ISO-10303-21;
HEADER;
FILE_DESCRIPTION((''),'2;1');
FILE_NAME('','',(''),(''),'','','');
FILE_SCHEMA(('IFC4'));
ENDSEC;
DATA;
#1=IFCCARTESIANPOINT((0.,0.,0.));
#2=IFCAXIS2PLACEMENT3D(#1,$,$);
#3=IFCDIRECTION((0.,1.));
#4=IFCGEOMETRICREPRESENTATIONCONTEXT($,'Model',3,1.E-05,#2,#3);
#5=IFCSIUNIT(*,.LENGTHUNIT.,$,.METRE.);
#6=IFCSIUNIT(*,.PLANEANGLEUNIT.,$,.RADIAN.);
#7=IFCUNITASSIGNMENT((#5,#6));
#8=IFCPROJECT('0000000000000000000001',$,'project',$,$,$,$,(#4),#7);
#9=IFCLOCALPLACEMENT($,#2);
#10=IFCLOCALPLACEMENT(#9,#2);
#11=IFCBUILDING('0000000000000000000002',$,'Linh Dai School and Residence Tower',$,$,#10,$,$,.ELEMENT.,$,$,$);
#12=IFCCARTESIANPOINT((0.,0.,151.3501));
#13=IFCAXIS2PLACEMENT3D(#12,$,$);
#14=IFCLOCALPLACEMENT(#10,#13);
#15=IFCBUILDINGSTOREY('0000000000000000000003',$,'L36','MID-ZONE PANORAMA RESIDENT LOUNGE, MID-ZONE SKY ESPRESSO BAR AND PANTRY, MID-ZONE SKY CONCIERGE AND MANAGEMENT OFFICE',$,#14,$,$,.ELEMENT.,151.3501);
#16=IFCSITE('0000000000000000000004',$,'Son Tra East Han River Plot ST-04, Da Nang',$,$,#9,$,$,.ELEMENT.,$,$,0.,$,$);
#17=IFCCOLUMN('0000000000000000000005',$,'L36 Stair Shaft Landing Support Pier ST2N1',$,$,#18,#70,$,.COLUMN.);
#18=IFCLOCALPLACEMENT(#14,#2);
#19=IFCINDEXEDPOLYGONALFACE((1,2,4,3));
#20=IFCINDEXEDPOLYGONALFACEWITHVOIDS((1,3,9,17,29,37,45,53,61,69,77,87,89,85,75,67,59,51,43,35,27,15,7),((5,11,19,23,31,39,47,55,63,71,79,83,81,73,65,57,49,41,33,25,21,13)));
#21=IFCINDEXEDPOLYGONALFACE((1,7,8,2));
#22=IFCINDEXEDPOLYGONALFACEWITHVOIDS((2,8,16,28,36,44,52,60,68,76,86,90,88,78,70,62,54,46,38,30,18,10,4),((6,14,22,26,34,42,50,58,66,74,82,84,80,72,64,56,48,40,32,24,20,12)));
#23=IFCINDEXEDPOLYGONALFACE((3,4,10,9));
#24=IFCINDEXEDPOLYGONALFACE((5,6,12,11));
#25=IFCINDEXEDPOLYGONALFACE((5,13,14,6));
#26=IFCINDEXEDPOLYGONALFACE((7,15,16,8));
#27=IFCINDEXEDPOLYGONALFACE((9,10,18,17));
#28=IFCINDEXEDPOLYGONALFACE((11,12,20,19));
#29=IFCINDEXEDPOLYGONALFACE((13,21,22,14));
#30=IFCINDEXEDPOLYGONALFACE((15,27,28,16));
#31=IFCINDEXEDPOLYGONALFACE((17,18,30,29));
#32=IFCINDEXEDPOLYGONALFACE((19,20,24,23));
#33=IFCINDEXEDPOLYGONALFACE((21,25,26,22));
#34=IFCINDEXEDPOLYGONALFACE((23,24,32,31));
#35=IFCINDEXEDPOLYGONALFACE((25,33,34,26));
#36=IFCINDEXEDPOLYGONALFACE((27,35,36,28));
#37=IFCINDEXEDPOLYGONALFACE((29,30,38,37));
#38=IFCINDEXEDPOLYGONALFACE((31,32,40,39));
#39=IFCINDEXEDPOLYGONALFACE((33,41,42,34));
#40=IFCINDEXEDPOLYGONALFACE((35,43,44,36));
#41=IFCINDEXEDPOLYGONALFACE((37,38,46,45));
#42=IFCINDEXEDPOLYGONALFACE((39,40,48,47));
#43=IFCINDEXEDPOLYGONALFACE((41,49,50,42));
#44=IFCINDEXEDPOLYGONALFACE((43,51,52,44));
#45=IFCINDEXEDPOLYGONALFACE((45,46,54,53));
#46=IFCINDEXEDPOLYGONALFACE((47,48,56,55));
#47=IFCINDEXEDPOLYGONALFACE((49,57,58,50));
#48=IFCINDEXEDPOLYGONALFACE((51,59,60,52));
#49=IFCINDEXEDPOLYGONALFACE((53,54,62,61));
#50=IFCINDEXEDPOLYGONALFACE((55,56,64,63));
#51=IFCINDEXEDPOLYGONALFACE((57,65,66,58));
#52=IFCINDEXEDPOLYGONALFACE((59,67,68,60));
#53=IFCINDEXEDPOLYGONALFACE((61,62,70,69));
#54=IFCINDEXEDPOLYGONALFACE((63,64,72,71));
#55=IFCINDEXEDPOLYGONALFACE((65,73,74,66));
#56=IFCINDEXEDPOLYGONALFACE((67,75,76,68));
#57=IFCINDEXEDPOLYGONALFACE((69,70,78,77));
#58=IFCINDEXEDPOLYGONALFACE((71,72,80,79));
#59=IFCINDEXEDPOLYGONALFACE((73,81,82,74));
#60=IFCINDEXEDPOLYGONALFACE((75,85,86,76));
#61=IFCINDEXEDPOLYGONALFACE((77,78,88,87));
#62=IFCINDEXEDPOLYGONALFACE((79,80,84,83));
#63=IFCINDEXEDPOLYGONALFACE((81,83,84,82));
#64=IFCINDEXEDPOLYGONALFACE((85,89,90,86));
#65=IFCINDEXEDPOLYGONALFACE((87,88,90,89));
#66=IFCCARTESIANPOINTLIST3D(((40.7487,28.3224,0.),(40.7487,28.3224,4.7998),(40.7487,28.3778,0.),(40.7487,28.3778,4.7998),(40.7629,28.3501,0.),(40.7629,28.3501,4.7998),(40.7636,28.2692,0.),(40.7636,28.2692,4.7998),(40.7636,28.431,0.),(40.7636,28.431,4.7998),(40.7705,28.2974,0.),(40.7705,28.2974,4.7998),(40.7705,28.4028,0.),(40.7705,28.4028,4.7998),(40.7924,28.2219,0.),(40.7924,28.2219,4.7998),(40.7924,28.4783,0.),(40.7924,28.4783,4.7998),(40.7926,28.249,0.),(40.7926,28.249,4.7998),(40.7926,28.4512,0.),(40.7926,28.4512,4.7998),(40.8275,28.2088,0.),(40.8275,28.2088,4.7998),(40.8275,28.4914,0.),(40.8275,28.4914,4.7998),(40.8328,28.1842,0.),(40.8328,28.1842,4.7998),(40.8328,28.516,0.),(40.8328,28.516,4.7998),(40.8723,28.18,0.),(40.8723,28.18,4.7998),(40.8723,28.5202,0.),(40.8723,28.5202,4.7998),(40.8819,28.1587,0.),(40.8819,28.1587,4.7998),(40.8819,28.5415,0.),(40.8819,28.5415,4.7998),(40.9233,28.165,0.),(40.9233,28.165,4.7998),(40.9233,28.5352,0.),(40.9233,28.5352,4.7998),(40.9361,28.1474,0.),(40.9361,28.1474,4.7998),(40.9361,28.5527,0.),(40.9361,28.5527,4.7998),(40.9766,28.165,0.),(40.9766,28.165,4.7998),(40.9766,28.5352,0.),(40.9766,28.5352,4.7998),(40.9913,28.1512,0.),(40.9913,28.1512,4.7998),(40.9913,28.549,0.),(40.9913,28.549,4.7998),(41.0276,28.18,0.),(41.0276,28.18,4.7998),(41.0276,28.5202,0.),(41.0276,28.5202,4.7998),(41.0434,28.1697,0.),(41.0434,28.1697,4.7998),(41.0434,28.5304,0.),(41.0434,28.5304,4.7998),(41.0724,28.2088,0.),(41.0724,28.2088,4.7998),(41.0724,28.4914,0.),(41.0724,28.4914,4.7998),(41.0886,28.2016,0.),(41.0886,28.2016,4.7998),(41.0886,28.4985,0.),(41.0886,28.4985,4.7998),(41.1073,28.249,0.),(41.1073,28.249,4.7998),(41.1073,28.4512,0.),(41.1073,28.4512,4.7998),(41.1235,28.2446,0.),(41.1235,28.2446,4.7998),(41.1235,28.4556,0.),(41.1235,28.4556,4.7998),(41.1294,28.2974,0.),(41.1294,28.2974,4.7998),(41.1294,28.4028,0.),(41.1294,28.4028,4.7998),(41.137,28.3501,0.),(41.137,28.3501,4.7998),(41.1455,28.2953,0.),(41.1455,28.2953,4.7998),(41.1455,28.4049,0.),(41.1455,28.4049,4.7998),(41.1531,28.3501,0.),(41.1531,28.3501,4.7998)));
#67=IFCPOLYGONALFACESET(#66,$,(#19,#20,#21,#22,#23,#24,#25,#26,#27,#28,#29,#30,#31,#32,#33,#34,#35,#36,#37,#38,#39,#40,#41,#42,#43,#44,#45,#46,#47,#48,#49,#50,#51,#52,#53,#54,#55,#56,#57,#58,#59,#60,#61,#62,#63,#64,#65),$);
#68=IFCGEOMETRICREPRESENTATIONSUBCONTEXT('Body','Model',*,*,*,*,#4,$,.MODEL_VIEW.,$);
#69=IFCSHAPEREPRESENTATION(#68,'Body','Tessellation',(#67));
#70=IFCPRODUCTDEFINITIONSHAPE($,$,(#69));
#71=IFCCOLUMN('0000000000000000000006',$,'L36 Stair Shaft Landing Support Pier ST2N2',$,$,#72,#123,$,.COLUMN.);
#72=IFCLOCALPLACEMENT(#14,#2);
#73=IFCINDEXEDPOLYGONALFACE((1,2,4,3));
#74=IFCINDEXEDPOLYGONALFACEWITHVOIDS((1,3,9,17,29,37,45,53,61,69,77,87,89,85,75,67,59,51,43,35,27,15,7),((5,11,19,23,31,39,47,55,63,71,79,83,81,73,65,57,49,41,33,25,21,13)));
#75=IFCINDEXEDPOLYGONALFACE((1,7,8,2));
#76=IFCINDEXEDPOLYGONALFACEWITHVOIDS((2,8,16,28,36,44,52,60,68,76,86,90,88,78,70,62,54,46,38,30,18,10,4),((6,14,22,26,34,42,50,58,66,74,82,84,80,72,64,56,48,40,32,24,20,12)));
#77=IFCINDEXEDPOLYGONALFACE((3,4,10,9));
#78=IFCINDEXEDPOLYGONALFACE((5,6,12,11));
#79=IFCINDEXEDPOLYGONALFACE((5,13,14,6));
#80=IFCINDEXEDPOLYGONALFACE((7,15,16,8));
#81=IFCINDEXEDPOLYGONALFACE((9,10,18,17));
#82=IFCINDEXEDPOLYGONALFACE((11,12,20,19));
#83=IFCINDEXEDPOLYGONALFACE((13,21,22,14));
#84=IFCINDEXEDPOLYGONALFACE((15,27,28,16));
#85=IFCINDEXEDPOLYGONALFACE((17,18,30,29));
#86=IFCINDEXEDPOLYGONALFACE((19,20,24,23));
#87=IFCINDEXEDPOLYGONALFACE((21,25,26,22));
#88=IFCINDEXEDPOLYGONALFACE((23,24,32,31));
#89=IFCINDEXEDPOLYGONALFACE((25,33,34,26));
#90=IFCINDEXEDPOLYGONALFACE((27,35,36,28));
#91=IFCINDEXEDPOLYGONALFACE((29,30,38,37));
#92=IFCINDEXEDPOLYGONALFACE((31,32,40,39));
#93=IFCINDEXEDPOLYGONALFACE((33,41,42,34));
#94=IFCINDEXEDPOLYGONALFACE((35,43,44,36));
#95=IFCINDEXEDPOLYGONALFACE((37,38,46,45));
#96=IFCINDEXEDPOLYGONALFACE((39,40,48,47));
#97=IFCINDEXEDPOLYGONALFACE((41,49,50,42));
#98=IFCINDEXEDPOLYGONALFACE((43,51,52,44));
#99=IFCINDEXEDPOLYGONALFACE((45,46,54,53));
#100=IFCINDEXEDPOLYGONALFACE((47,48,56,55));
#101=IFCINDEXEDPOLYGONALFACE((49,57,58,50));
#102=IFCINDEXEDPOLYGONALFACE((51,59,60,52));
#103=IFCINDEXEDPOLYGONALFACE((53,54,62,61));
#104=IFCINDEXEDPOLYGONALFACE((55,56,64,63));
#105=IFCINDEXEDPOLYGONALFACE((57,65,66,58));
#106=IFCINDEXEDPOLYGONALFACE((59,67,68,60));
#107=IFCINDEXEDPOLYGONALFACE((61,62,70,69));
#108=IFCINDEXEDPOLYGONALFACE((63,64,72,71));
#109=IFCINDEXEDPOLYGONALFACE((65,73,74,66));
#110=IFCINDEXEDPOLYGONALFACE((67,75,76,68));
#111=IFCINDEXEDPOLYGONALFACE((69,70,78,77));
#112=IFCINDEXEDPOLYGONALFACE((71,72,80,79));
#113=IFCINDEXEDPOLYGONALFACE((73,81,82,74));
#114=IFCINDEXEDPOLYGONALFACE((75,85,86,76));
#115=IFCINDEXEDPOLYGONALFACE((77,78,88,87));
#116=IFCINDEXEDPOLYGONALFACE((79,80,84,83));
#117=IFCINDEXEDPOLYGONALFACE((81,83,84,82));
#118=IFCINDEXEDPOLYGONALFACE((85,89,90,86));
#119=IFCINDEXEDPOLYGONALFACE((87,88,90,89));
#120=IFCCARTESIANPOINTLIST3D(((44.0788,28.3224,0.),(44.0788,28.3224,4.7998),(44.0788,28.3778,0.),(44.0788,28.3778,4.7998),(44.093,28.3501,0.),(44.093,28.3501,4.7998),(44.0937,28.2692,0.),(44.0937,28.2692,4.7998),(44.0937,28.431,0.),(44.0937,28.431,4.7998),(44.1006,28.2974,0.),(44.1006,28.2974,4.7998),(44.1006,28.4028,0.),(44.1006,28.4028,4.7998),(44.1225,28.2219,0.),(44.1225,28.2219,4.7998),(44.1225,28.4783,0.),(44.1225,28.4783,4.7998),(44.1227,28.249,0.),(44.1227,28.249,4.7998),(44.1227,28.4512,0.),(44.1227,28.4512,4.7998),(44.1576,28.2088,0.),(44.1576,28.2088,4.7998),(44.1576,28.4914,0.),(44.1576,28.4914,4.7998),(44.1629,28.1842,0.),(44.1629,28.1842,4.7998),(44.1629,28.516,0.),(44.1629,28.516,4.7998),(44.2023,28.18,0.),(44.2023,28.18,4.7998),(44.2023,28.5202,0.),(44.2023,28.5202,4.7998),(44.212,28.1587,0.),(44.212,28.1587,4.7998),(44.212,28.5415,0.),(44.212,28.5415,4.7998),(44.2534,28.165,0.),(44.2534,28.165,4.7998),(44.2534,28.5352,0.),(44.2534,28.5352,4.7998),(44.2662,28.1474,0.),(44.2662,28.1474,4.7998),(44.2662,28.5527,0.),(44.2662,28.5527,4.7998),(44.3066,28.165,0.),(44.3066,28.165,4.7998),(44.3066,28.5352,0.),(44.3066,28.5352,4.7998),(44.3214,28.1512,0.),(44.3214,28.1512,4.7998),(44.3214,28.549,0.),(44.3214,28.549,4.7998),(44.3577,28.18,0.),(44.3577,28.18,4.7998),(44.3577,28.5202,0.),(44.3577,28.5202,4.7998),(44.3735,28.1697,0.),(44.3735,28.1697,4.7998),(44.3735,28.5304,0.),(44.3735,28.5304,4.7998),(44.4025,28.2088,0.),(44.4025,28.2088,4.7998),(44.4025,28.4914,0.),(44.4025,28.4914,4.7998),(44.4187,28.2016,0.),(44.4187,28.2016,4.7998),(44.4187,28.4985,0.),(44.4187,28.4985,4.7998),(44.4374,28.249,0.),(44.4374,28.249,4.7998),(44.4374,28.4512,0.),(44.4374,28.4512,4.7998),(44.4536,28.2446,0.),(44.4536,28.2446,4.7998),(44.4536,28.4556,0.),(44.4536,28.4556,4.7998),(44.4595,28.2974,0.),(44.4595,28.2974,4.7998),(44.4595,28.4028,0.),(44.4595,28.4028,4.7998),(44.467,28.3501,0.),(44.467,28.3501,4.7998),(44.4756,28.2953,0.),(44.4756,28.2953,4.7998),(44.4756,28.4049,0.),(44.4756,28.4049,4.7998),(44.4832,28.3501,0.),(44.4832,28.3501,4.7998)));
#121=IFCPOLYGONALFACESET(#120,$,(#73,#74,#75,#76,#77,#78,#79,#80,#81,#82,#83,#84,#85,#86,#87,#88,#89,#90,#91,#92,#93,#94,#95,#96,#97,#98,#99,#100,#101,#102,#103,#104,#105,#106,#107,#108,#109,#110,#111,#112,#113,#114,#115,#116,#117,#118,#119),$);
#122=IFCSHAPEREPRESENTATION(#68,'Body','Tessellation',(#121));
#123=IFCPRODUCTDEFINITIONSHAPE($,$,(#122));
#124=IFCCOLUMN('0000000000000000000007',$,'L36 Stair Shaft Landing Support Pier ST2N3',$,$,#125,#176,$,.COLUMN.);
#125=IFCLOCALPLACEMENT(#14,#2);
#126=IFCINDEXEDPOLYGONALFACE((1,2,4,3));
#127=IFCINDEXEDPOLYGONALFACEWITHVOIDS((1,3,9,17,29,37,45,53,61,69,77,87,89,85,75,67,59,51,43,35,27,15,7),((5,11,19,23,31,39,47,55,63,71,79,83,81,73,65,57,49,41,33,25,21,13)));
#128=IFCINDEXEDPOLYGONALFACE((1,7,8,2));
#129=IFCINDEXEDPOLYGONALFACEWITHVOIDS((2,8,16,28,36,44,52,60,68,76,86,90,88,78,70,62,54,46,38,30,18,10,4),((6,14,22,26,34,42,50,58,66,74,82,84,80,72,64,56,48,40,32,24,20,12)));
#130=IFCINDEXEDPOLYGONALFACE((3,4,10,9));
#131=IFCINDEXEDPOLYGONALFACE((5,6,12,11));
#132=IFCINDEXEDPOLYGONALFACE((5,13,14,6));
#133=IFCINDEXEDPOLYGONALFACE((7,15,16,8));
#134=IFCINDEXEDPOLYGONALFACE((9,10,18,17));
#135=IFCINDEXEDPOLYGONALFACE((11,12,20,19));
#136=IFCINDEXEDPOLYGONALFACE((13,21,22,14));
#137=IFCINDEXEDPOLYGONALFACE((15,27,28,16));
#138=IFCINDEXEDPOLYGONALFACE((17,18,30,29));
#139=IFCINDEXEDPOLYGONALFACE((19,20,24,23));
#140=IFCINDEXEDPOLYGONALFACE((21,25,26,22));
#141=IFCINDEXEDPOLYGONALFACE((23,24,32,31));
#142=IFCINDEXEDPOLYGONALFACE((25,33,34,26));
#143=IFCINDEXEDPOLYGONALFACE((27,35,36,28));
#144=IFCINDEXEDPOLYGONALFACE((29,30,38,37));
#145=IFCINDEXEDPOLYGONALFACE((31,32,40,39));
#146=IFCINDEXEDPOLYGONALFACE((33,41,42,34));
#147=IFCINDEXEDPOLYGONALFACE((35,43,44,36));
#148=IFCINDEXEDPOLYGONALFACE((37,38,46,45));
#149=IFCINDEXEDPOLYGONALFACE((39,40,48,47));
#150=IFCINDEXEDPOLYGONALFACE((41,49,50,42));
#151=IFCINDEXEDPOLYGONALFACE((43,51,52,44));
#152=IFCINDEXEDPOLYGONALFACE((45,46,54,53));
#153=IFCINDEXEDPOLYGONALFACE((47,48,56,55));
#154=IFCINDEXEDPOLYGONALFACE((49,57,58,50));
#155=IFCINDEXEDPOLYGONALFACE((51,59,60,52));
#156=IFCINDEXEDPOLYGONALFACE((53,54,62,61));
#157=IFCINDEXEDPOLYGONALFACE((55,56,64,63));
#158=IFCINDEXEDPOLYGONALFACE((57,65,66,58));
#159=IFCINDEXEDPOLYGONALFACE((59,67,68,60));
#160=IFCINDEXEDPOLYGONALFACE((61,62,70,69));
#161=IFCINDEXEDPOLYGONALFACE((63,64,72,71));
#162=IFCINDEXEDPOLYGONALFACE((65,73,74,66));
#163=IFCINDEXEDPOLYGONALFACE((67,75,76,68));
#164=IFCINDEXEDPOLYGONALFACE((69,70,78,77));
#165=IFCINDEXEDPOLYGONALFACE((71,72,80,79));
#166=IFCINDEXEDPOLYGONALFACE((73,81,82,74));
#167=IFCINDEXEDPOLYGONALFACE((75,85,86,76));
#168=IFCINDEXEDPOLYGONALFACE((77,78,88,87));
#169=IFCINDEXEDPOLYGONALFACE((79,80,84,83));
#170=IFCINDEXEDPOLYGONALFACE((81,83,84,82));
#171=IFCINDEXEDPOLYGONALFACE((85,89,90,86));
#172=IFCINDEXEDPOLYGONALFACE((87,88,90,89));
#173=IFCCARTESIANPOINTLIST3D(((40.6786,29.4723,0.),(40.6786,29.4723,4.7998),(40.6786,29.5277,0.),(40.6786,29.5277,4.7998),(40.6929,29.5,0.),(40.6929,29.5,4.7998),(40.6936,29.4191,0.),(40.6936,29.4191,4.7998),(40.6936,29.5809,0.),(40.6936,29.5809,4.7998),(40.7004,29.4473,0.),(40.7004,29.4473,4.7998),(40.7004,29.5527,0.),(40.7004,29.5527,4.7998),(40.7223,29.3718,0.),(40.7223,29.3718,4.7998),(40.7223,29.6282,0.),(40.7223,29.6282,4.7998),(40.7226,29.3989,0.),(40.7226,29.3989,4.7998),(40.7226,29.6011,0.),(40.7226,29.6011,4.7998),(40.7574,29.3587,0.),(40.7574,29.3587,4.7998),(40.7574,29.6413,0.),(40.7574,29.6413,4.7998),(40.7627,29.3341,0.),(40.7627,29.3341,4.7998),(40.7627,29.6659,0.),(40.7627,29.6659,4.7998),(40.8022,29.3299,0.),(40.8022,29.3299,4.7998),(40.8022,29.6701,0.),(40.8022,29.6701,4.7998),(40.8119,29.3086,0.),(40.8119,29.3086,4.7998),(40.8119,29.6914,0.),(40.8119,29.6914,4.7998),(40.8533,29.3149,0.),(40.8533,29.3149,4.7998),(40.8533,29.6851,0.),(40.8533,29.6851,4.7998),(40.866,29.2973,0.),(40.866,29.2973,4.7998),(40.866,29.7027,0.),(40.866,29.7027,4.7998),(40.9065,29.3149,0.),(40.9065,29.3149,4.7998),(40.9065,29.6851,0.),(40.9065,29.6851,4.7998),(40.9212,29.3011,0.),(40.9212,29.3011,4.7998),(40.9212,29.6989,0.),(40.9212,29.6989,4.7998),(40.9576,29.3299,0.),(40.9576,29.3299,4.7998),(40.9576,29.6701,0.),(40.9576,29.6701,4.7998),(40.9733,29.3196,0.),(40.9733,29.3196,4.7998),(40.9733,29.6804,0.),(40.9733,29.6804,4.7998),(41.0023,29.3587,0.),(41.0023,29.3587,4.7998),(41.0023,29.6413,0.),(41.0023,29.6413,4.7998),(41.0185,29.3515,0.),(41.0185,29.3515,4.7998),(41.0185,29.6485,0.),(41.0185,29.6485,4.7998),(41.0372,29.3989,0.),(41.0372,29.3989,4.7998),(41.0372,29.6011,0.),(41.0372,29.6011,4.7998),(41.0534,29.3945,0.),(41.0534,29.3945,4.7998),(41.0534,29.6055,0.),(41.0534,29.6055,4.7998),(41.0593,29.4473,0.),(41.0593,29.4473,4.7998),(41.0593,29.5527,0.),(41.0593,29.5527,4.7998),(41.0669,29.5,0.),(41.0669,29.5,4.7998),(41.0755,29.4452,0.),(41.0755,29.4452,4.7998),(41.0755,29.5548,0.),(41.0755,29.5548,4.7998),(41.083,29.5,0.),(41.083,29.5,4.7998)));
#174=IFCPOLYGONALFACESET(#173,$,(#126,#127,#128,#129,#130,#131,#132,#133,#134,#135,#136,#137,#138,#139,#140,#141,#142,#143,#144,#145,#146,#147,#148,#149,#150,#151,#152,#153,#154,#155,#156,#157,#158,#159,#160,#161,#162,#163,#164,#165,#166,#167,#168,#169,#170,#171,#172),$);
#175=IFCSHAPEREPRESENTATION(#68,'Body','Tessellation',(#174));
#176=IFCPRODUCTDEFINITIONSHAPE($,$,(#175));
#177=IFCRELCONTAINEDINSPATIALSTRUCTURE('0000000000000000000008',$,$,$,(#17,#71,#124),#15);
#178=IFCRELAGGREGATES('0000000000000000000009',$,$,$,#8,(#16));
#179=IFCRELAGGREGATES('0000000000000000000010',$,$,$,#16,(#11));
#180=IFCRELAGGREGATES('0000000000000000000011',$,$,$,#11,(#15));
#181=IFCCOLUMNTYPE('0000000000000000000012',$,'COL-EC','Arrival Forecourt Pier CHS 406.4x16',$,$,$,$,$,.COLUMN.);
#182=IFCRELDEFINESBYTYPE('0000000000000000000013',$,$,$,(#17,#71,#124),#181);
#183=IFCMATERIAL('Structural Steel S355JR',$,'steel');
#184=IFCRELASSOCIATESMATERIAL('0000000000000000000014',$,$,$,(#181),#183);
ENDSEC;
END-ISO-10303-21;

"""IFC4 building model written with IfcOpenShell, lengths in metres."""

from ifc_helpers import new_model, si_unit, direction, frame, origin, origin_2d, place, context, subcontext, project, spatial, hollow_circle, extrude, material, material_profile, profile_set, type_object, element, save


model = new_model("IFC4")

# Units and contexts
model_context = context("Model", 3, precision=1e-05, world=origin(), true_north=direction((0.0, 1.0)))
body_context = subcontext(model_context, "Body", "Model", "MODEL_VIEW")
ifc_project = project(units=[si_unit("LENGTHUNIT", "METRE"), si_unit("PLANEANGLEUNIT", "RADIAN")], contexts=[model_context])

# Site, building, storey
site_placement = place(None, origin())
site = spatial("IfcSite", under=ifc_project, at=site_placement, Name="Son Tra East Han River Plot ST-04, Da Nang", CompositionType="ELEMENT", RefElevation=0.0)
building_placement = place(site_placement, origin())
building = spatial("IfcBuilding", under=site, at=building_placement, Name="Linh Dai School and Residence Tower", CompositionType="ELEMENT")
storey_placement = place(building_placement, frame((0.0, 0.0, 151.3501)))
storey = spatial("IfcBuildingStorey", under=building, at=storey_placement, Name="L36", Description="MID-ZONE PANORAMA RESIDENT LOUNGE, MID-ZONE SKY ESPRESSO BAR AND PANTRY, MID-ZONE SKY CONCIERGE AND MANAGEMENT OFFICE", CompositionType="ELEMENT", Elevation=151.3501)

# Columns
ifc_material_1 = material(Name="Structural Steel S355JR", Category="steel")
ifc_material_profile_1 = material_profile(ifc_material_1, hollow_circle(Radius=0.2031, WallThickness=0.0161, at=origin_2d()), Name="CHS 406.4x16")
ifc_profile_set_1 = profile_set([ifc_material_profile_1], Name="Structural Steel S355JR")
column_type_1 = type_object("IfcColumnType", Name="COL-EC", Description="Arrival Forecourt Pier CHS 406.4x16", PredefinedType="COLUMN", material=ifc_profile_set_1)
for number, where, z_axis, x_axis, name in (
    (1, (40.95, 28.3501, 0.0), (0.0, 0.0, 1.0), (1.0, 0.0, 0.0), "L36 Stair Shaft Landing Support Pier ST2N1"),
    (2, (44.28, 28.3501, 0.0), (0.0, 0.0, 1.0), (1.0, 0.0, 0.0), "L36 Stair Shaft Landing Support Pier ST2N2"),
    (3, (40.8799, 29.5, 0.0), (0.0, 0.0, 1.0), (1.0, 0.0, 0.0), "L36 Stair Shaft Landing Support Pier ST2N3"),
):
    element("IfcColumn", number, at=place(storey_placement, frame(where, z_axis=z_axis, x_axis=x_axis)), inside=storey, type_object=column_type_1, Name=name, PredefinedType="COLUMN", context=body_context, shape_type="SweptSolid", body=[
        extrude(hollow_circle(Radius=0.2031, WallThickness=0.0161, at=origin_2d()), origin(), (0.0, 0.0, 1.0), 4.7998),
    ])

save(model, "model.ifc")
